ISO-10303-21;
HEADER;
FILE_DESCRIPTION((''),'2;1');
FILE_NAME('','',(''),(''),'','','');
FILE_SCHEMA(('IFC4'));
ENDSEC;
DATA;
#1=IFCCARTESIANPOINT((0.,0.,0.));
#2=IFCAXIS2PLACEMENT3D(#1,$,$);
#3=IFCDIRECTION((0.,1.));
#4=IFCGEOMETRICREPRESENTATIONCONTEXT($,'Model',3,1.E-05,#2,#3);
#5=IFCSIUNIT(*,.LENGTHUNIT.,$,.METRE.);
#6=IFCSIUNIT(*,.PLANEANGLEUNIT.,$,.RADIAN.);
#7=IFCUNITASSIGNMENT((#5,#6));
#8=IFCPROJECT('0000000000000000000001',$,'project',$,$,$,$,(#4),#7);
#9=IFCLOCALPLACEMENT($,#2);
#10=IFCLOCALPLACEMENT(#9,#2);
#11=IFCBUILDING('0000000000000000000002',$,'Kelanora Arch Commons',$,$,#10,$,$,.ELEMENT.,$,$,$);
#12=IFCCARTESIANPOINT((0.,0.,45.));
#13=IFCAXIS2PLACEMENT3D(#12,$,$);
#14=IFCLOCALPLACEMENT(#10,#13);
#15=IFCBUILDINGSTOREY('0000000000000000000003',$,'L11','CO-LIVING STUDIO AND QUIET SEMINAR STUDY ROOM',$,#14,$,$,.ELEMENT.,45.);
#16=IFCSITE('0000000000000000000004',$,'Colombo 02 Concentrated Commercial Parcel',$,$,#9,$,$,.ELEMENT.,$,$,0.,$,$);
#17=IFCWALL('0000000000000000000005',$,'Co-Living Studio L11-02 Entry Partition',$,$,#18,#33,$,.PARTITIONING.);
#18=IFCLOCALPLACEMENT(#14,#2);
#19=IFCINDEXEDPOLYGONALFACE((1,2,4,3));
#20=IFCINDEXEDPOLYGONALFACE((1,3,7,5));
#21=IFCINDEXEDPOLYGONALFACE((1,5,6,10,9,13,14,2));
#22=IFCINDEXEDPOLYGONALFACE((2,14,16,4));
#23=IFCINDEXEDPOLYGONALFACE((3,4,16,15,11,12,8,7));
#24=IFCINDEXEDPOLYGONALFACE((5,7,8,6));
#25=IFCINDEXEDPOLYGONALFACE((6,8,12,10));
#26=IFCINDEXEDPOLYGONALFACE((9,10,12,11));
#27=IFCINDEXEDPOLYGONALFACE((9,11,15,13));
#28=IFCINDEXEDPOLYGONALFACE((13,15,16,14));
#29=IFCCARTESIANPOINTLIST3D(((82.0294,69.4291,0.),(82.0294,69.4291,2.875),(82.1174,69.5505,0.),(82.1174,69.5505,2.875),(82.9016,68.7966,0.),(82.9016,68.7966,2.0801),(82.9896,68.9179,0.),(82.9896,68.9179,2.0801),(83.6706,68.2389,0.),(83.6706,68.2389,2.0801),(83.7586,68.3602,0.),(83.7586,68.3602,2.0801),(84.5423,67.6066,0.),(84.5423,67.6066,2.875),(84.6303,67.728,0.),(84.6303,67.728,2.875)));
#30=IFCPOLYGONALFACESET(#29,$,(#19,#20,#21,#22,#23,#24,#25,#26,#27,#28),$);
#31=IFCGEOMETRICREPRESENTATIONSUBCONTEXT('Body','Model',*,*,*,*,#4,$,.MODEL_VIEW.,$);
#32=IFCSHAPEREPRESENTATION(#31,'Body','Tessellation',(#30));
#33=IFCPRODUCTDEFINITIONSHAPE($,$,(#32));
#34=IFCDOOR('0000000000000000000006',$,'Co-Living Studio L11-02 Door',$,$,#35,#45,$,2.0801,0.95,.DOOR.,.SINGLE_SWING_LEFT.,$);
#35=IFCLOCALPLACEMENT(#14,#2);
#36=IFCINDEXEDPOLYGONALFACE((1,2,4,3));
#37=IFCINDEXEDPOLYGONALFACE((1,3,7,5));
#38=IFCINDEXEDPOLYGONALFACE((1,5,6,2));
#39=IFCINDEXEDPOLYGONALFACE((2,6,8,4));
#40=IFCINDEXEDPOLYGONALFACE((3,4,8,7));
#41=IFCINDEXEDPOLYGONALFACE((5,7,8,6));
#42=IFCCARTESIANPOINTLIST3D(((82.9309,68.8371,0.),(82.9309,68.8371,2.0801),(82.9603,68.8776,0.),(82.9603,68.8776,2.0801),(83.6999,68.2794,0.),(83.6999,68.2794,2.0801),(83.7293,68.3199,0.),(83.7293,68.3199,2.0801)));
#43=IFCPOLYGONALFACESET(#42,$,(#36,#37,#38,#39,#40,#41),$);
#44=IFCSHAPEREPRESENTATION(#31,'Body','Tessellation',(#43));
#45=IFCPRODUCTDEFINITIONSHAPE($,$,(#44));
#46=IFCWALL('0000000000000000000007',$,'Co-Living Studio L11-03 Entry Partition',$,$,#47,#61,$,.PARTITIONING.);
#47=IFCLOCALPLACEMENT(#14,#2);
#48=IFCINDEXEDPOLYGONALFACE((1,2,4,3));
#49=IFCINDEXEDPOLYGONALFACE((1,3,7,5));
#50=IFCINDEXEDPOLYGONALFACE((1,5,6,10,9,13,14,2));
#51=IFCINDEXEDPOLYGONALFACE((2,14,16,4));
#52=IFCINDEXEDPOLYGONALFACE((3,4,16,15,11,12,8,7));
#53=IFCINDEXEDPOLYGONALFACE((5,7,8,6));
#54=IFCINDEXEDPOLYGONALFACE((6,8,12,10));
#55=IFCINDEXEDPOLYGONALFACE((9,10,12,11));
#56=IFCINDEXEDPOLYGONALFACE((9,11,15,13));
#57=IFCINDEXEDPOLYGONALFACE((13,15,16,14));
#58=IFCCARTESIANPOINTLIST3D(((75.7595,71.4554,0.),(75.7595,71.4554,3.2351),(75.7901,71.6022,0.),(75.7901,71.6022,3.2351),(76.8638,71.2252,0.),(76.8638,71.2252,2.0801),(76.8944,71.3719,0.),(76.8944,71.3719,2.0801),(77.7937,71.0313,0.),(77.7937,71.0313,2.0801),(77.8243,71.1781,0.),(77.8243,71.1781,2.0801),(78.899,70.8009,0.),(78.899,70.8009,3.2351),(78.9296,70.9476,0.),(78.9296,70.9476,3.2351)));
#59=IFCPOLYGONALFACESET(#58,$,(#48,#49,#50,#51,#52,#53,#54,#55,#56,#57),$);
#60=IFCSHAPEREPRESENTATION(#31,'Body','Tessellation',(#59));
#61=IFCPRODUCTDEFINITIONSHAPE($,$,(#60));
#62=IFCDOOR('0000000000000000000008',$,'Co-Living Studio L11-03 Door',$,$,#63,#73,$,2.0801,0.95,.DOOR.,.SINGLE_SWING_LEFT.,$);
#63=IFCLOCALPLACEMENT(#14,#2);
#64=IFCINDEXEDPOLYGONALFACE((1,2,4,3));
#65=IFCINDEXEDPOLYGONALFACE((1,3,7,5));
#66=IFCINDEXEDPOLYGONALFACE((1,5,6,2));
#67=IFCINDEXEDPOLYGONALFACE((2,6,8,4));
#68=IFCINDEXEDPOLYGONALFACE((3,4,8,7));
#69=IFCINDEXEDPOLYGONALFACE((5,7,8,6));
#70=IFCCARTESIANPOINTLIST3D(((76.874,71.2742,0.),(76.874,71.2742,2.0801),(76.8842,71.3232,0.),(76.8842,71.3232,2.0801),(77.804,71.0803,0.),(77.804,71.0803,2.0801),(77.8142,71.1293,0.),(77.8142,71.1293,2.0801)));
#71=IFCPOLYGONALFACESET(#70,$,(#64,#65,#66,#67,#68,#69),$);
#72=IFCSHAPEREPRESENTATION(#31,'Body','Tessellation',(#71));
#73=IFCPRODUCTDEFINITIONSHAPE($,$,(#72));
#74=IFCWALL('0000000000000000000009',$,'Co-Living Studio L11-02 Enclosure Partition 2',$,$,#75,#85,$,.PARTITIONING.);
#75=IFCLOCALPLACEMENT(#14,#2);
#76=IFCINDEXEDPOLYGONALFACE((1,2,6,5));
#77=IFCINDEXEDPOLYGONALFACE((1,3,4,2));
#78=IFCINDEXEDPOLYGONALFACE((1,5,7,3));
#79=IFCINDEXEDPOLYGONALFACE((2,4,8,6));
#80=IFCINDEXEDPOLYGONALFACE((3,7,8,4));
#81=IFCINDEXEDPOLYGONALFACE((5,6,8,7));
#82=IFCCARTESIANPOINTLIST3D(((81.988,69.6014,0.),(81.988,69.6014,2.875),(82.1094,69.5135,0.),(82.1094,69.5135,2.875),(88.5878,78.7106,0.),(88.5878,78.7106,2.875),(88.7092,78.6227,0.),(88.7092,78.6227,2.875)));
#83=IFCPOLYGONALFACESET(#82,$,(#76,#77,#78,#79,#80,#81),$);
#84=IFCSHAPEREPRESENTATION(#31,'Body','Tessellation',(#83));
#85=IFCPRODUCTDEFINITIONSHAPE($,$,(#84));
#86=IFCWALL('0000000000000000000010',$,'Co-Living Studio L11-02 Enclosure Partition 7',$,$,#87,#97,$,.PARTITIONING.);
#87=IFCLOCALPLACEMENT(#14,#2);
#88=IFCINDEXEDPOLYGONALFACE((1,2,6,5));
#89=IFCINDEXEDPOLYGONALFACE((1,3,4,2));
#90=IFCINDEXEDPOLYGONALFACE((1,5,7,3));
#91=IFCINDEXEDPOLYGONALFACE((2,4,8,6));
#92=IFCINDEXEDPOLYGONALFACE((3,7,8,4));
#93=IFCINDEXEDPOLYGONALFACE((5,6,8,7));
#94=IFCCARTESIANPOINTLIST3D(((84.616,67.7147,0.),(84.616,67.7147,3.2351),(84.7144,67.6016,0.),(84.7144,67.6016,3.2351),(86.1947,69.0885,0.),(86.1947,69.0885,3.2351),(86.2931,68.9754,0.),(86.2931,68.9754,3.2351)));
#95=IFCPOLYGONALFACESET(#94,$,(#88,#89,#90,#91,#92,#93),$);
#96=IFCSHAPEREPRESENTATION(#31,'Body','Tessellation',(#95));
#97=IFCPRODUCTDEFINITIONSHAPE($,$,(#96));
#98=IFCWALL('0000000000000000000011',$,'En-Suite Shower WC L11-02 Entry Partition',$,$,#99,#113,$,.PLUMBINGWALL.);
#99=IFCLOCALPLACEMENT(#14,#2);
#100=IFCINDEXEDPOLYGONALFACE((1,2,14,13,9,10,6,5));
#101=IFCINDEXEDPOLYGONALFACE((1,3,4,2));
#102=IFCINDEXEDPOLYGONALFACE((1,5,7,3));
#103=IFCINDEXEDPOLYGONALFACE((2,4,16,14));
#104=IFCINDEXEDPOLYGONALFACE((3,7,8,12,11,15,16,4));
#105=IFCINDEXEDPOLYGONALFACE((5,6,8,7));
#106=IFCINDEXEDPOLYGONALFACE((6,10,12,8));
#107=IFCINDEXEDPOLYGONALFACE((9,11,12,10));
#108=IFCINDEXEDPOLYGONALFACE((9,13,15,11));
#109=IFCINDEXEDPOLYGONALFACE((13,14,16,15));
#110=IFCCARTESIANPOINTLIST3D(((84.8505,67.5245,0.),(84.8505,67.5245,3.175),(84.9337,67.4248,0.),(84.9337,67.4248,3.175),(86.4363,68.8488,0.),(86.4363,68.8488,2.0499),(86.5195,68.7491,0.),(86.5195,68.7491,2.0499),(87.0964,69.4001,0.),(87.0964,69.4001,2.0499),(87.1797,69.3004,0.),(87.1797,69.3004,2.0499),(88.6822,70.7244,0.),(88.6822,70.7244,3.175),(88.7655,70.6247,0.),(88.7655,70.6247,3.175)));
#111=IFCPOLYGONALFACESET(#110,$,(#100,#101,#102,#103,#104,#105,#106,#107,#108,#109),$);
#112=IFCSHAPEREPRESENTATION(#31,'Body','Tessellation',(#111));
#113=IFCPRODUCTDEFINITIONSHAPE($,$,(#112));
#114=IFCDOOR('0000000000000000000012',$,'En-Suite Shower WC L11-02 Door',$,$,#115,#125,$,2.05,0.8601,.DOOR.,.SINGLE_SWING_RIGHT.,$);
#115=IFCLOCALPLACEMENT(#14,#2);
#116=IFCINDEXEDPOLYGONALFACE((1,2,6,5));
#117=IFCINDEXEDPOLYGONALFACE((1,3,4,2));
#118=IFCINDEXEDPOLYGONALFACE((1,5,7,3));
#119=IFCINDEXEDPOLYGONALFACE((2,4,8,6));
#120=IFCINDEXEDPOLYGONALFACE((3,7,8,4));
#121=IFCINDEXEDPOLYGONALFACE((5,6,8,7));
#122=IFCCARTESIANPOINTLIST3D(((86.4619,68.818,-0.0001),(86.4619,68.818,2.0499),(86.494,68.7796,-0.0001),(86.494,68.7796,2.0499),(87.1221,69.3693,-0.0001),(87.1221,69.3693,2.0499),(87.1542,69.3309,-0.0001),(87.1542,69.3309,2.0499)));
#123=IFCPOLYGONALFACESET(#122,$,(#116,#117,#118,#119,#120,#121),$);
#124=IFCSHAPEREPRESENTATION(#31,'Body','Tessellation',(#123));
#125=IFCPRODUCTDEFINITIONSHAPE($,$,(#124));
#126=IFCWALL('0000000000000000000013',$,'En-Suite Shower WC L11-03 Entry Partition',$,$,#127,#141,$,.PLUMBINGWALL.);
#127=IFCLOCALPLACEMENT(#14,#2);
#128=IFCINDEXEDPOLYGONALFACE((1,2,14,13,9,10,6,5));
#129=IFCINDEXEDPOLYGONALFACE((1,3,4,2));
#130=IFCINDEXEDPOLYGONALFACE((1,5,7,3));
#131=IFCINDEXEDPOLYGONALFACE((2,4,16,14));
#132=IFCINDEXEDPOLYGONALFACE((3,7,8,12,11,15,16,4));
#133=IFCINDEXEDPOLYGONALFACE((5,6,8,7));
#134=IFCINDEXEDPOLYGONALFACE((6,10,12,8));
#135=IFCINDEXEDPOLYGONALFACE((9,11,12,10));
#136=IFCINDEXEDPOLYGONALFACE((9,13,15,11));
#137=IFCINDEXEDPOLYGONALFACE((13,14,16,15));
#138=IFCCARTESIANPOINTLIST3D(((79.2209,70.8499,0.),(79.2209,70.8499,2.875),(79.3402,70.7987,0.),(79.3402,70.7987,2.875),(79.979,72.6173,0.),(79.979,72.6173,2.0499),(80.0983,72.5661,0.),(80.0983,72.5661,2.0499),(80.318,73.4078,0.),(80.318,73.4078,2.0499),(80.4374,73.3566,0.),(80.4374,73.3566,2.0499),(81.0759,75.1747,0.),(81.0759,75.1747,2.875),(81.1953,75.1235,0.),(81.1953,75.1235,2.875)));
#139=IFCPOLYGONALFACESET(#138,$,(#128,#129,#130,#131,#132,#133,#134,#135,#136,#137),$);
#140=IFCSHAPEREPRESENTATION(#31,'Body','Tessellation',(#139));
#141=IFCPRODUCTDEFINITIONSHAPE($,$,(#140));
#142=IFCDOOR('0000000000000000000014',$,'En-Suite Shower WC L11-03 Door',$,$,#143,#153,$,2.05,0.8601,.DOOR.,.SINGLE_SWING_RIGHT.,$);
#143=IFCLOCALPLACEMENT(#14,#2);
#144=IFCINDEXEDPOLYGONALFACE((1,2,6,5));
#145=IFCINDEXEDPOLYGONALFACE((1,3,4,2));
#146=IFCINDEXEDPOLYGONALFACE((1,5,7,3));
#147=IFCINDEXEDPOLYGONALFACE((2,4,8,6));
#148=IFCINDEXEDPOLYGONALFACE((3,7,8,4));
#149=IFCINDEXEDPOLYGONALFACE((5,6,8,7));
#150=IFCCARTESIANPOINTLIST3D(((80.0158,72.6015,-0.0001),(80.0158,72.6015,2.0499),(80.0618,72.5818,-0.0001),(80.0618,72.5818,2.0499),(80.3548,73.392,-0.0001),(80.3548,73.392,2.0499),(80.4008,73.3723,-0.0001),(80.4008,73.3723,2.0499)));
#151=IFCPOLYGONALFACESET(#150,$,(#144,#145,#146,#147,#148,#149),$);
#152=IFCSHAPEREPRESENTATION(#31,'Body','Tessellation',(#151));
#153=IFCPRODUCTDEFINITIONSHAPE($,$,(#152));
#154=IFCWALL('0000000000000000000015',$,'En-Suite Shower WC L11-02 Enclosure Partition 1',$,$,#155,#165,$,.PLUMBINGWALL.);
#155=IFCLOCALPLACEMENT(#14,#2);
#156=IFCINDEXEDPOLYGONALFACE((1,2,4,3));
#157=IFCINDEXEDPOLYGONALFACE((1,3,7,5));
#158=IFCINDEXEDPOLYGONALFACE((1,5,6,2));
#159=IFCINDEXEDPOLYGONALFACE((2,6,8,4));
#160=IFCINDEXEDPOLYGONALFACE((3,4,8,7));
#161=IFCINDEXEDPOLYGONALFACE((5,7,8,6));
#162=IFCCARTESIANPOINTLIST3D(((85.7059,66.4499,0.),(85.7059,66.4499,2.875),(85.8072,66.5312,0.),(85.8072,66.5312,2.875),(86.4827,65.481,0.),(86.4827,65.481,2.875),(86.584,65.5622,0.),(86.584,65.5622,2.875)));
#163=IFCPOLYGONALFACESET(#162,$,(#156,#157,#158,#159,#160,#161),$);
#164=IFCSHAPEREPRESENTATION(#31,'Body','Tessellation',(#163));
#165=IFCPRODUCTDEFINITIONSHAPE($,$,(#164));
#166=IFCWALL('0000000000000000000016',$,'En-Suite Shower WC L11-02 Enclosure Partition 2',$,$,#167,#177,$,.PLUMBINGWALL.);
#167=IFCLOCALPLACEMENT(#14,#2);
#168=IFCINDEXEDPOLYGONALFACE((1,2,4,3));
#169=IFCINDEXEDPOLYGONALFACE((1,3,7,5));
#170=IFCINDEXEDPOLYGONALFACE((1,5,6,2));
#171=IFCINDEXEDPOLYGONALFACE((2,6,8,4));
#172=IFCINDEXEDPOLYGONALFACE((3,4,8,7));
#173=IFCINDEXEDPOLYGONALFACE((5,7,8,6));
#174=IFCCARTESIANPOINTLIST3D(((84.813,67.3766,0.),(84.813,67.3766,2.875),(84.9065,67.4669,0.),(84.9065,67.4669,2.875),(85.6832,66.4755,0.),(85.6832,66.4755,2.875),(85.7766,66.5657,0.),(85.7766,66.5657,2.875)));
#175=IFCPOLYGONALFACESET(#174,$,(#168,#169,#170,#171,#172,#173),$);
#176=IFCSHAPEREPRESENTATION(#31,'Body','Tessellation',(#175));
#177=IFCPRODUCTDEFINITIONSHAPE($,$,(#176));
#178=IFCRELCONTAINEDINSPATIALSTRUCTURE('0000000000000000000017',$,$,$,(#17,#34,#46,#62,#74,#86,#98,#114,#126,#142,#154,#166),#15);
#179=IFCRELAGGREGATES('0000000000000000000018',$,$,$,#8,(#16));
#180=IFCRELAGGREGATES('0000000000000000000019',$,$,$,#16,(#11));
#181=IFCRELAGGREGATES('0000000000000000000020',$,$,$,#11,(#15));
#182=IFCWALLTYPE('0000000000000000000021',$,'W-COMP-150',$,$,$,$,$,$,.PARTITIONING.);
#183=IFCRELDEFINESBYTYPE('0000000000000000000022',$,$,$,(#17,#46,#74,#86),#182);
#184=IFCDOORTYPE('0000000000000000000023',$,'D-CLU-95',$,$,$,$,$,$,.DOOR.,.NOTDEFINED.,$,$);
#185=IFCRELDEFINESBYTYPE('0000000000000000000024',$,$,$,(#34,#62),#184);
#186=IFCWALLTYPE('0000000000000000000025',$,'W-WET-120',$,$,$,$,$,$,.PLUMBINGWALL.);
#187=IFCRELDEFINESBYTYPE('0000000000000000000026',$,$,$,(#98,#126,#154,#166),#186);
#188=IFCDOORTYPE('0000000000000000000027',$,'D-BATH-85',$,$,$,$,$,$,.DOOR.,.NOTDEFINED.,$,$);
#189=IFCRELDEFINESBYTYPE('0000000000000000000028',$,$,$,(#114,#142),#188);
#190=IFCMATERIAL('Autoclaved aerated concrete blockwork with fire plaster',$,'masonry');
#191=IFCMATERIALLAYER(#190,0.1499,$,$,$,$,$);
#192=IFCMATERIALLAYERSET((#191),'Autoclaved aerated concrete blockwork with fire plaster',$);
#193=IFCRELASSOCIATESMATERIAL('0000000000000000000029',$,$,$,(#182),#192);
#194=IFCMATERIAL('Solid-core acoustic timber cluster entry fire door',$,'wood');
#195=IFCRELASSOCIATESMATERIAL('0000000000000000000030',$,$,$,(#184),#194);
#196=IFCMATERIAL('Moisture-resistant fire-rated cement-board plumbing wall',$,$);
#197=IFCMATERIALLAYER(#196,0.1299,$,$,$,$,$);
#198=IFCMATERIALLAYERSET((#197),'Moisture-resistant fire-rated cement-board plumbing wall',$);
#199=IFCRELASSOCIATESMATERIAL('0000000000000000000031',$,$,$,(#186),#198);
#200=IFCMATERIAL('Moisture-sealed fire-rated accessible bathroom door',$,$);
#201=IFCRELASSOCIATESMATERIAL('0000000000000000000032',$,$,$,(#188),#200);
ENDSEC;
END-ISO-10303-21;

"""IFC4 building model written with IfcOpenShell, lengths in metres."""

from ifc_helpers import new_model, si_unit, direction, frame, frame_2d, origin, place, context, subcontext, project, spatial, rectangle, extrude, material, layer, layer_set, type_object, element, fill, save


model = new_model("IFC4")

# Units and contexts
model_context = context("Model", 3, precision=1e-05, world=origin(), true_north=direction((0.0, 1.0)))
body_context = subcontext(model_context, "Body", "Model", "MODEL_VIEW")
ifc_project = project(units=[si_unit("LENGTHUNIT", "METRE"), si_unit("PLANEANGLEUNIT", "RADIAN")], contexts=[model_context])

# Site, building, storey
site_placement = place(None, origin())
site = spatial("IfcSite", under=ifc_project, at=site_placement, Name="Colombo 02 Concentrated Commercial Parcel", CompositionType="ELEMENT", RefElevation=0.0)
building_placement = place(site_placement, origin())
building = spatial("IfcBuilding", under=site, at=building_placement, Name="Kelanora Arch Commons", CompositionType="ELEMENT")
storey_placement = place(building_placement, frame((0.0, 0.0, 45.0)))
storey = spatial("IfcBuildingStorey", under=building, at=storey_placement, Name="L11", Description="CO-LIVING STUDIO AND QUIET SEMINAR STUDY ROOM", CompositionType="ELEMENT", Elevation=45.0)

# Walls, openings, doors
ifc_material_1 = material(Name="Autoclaved aerated concrete blockwork with fire plaster", Category="masonry")
ifc_layer_1 = layer(ifc_material_1, 0.1499)
ifc_layer_set_1 = layer_set([ifc_layer_1], Name="Autoclaved aerated concrete blockwork with fire plaster")
wall_type_1 = type_object("IfcWallType", Name="W-COMP-150", PredefinedType="PARTITIONING", material=ifc_layer_set_1)
wall_1_placement = place(storey_placement, frame((84.5864, 67.6672, 0.0), z_axis=(0.0, 0.0, 1.0), x_axis=(-0.809514, 0.5871, 0.0)))
wall_1 = element("IfcWall", 1, at=wall_1_placement, inside=storey, type_object=wall_type_1, Name="Co-Living Studio L11-02 Entry Partition", PredefinedType="PARTITIONING", context=body_context, shape_type="SweptSolid", body=[
    extrude(rectangle(XDim=3.1042, YDim=0.1499, at=frame_2d((1.5522, 0.0))), origin(), (0.0, 0.0, 1.0), 2.875),
])
opening_1_placement = place(wall_1_placement, frame((1.0769, 0.0, 0.0)))
opening_1 = element("IfcOpeningElement", 2, at=opening_1_placement, cuts=wall_1, PredefinedType="OPENING", context=body_context, shape_type="SweptSolid", body=[
    extrude(rectangle(XDim=0.95, YDim=2.0801, at=frame_2d((0.4751, 1.04))), frame((0.0, 0.085, 0.0), z_axis=(0.0, -1.0, 0.0), x_axis=(1.0, 0.0, 0.0)), (0.0, 0.0, 1.0), 0.1699),
])
ifc_material_2 = material(Name="Solid-core acoustic timber cluster entry fire door", Category="wood")
door_type_1 = type_object("IfcDoorType", Name="D-CLU-95", OperationType="NOTDEFINED", PredefinedType="DOOR", material=ifc_material_2)
door_1_placement = place(opening_1_placement, origin())
door_1 = element("IfcDoor", 3, at=door_1_placement, inside=storey, type_object=door_type_1, Name="Co-Living Studio L11-02 Door", OperationType="SINGLE_SWING_LEFT", OverallHeight=2.0801, OverallWidth=0.95, PredefinedType="DOOR", context=body_context, shape_type="SweptSolid", body=[
    extrude(rectangle(XDim=0.95, YDim=2.0801, at=frame_2d((0.4751, 1.04))), frame((0.0, 0.0249, 0.0), z_axis=(0.0, -1.0, 0.0), x_axis=(1.0, 0.0, 0.0)), (0.0, 0.0, 1.0), 0.05),
])
fill(opening_1, door_1)
wall_2_placement = place(storey_placement, frame((78.9143, 70.8743, 0.0), z_axis=(0.0, 0.0, 1.0), x_axis=(-0.978953, 0.204088, 0.0)))
wall_2 = element("IfcWall", 4, at=wall_2_placement, inside=storey, type_object=wall_type_1, Name="Co-Living Studio L11-03 Entry Partition", PredefinedType="PARTITIONING", context=body_context, shape_type="SweptSolid", body=[
    extrude(rectangle(XDim=3.207, YDim=0.1499, at=frame_2d((1.6035, 0.0))), origin(), (0.0, 0.0, 1.0), 3.2351),
])
opening_2_placement = place(wall_2_placement, frame((1.1289, 0.0, 0.0)))
opening_2 = element("IfcOpeningElement", 5, at=opening_2_placement, cuts=wall_2, PredefinedType="OPENING", context=body_context, shape_type="SweptSolid", body=[
    extrude(rectangle(XDim=0.95, YDim=2.0801, at=frame_2d((0.4751, 1.04))), frame((0.0, 0.085, 0.0), z_axis=(0.0, -1.0, 0.0), x_axis=(1.0, 0.0, 0.0)), (0.0, 0.0, 1.0), 0.1699),
])
door_2_placement = place(opening_2_placement, origin())
door_2 = element("IfcDoor", 6, at=door_2_placement, inside=storey, type_object=door_type_1, Name="Co-Living Studio L11-03 Door", OperationType="SINGLE_SWING_LEFT", OverallHeight=2.0801, OverallWidth=0.95, PredefinedType="DOOR", context=body_context, shape_type="SweptSolid", body=[
    extrude(rectangle(XDim=0.95, YDim=2.0801, at=frame_2d((0.4751, 1.04))), frame((0.0, 0.0249, 0.0), z_axis=(0.0, -1.0, 0.0), x_axis=(1.0, 0.0, 0.0)), (0.0, 0.0, 1.0), 0.05),
])
fill(opening_2, door_2)

# Walls
wall_3_placement = place(storey_placement, frame((82.0486, 69.5574, 0.0), z_axis=(0.0, 0.0, 1.0), x_axis=(0.586719, 0.809791, 0.0)))
element("IfcWall", 7, at=wall_3_placement, inside=storey, type_object=wall_type_1, Name="Co-Living Studio L11-02 Enclosure Partition 2", PredefinedType="PARTITIONING", context=body_context, shape_type="SweptSolid", body=[
    extrude(rectangle(XDim=11.2488, YDim=0.1499, at=frame_2d((5.6245, 0.0))), origin(), (0.0, 0.0, 1.0), 2.875),
])
wall_4_placement = place(storey_placement, frame((86.2439, 69.032, 0.0), z_axis=(0.0, 0.0, 1.0), x_axis=(-0.754352, -0.65647, 0.0)))
element("IfcWall", 8, at=wall_4_placement, inside=storey, type_object=wall_type_1, Name="Co-Living Studio L11-02 Enclosure Partition 7", PredefinedType="PARTITIONING", context=body_context, shape_type="SweptSolid", body=[
    extrude(rectangle(XDim=2.0928, YDim=0.1499, at=frame_2d((1.0464, 0.0))), origin(), (0.0, 0.0, 1.0), 3.2351),
])

# Walls, openings, doors
ifc_material_3 = material(Name="Moisture-resistant fire-rated cement-board plumbing wall")
ifc_layer_2 = layer(ifc_material_3, 0.1299)
ifc_layer_set_2 = layer_set([ifc_layer_2], Name="Moisture-resistant fire-rated cement-board plumbing wall")
wall_type_2 = type_object("IfcWallType", Name="W-WET-120", PredefinedType="PLUMBINGWALL", material=ifc_layer_set_2)
wall_5_placement = place(storey_placement, frame((84.8921, 67.4746, 0.0), z_axis=(0.0, 0.0, 1.0), x_axis=(0.767551, 0.640987, 0.0)))
wall_5 = element("IfcWall", 9, at=wall_5_placement, inside=storey, type_object=wall_type_2, Name="En-Suite Shower WC L11-02 Entry Partition", PredefinedType="PLUMBINGWALL", context=body_context, shape_type="SweptSolid", body=[
    extrude(rectangle(XDim=4.9922, YDim=0.1299, at=frame_2d((2.4961, 0.0))), origin(), (0.0, 0.0, 1.0), 3.175),
])
opening_3_placement = place(wall_5_placement, frame((2.0659, 0.0, 0.0)))
opening_3 = element("IfcOpeningElement", 10, at=opening_3_placement, cuts=wall_5, PredefinedType="OPENING", context=body_context, shape_type="SweptSolid", body=[
    extrude(rectangle(XDim=0.8601, YDim=2.05, at=frame_2d((0.4302, 1.0249))), frame((0.0, 0.075, 0.0), z_axis=(0.0, -1.0, 0.0), x_axis=(1.0, 0.0, 0.0)), (0.0, 0.0, 1.0), 0.1499),
])
ifc_material_4 = material(Name="Moisture-sealed fire-rated accessible bathroom door")
door_type_2 = type_object("IfcDoorType", Name="D-BATH-85", OperationType="NOTDEFINED", PredefinedType="DOOR", material=ifc_material_4)
door_3_placement = place(opening_3_placement, origin())
door_3 = element("IfcDoor", 11, at=door_3_placement, inside=storey, type_object=door_type_2, Name="En-Suite Shower WC L11-02 Door", OperationType="SINGLE_SWING_RIGHT", OverallHeight=2.05, OverallWidth=0.8601, PredefinedType="DOOR", context=body_context, shape_type="SweptSolid", body=[
    extrude(rectangle(XDim=0.8601, YDim=2.05, at=frame_2d((0.4302, 1.0249))), frame((0.0, 0.0249, 0.0), z_axis=(0.0, -1.0, 0.0), x_axis=(1.0, 0.0, 0.0)), (0.0, 0.0, 1.0), 0.05),
])
fill(opening_3, door_3)
wall_6_placement = place(storey_placement, frame((79.2805, 70.8242, 0.0), z_axis=(0.0, 0.0, 1.0), x_axis=(0.394195, 0.919027, 0.0)))
wall_6 = element("IfcWall", 12, at=wall_6_placement, inside=storey, type_object=wall_type_2, Name="En-Suite Shower WC L11-03 Entry Partition", PredefinedType="PLUMBINGWALL", context=body_context, shape_type="SweptSolid", body=[
    extrude(rectangle(XDim=4.7058, YDim=0.1299, at=frame_2d((2.353, 0.0))), origin(), (0.0, 0.0, 1.0), 2.875),
])
opening_4_placement = place(wall_6_placement, frame((1.9231, 0.0, 0.0)))
opening_4 = element("IfcOpeningElement", 13, at=opening_4_placement, cuts=wall_6, PredefinedType="OPENING", context=body_context, shape_type="SweptSolid", body=[
    extrude(rectangle(XDim=0.8601, YDim=2.05, at=frame_2d((0.4302, 1.0249))), frame((0.0, 0.075, 0.0), z_axis=(0.0, -1.0, 0.0), x_axis=(1.0, 0.0, 0.0)), (0.0, 0.0, 1.0), 0.1499),
])
door_4_placement = place(opening_4_placement, origin())
door_4 = element("IfcDoor", 14, at=door_4_placement, inside=storey, type_object=door_type_2, Name="En-Suite Shower WC L11-03 Door", OperationType="SINGLE_SWING_RIGHT", OverallHeight=2.05, OverallWidth=0.8601, PredefinedType="DOOR", context=body_context, shape_type="SweptSolid", body=[
    extrude(rectangle(XDim=0.8601, YDim=2.05, at=frame_2d((0.4302, 1.0249))), frame((0.0, 0.0249, 0.0), z_axis=(0.0, -1.0, 0.0), x_axis=(1.0, 0.0, 0.0)), (0.0, 0.0, 1.0), 0.05),
])
fill(opening_4, door_4)

# Walls
wall_7_placement = place(storey_placement, frame((86.5334, 65.5215, 0.0), z_axis=(0.0, 0.0, 1.0), x_axis=(-0.62551, 0.780216, 0.0)))
element("IfcWall", 15, at=wall_7_placement, inside=storey, type_object=wall_type_2, Name="En-Suite Shower WC L11-02 Enclosure Partition 1", PredefinedType="PLUMBINGWALL", context=body_context, shape_type="SweptSolid", body=[
    extrude(rectangle(XDim=1.2419, YDim=0.1299, at=frame_2d((0.6211, 0.0))), origin(), (0.0, 0.0, 1.0), 2.875),
])
wall_8_placement = place(storey_placement, frame((85.73, 66.5205, 0.0), z_axis=(0.0, 0.0, 1.0), x_axis=(-0.694622, 0.719375, 0.0)))
element("IfcWall", 16, at=wall_8_placement, inside=storey, type_object=wall_type_2, Name="En-Suite Shower WC L11-02 Enclosure Partition 2", PredefinedType="PLUMBINGWALL", context=body_context, shape_type="SweptSolid", body=[
    extrude(rectangle(XDim=1.2527, YDim=0.1299, at=frame_2d((0.6265, 0.0))), origin(), (0.0, 0.0, 1.0), 2.875),
])

save(model, "model.ifc")
